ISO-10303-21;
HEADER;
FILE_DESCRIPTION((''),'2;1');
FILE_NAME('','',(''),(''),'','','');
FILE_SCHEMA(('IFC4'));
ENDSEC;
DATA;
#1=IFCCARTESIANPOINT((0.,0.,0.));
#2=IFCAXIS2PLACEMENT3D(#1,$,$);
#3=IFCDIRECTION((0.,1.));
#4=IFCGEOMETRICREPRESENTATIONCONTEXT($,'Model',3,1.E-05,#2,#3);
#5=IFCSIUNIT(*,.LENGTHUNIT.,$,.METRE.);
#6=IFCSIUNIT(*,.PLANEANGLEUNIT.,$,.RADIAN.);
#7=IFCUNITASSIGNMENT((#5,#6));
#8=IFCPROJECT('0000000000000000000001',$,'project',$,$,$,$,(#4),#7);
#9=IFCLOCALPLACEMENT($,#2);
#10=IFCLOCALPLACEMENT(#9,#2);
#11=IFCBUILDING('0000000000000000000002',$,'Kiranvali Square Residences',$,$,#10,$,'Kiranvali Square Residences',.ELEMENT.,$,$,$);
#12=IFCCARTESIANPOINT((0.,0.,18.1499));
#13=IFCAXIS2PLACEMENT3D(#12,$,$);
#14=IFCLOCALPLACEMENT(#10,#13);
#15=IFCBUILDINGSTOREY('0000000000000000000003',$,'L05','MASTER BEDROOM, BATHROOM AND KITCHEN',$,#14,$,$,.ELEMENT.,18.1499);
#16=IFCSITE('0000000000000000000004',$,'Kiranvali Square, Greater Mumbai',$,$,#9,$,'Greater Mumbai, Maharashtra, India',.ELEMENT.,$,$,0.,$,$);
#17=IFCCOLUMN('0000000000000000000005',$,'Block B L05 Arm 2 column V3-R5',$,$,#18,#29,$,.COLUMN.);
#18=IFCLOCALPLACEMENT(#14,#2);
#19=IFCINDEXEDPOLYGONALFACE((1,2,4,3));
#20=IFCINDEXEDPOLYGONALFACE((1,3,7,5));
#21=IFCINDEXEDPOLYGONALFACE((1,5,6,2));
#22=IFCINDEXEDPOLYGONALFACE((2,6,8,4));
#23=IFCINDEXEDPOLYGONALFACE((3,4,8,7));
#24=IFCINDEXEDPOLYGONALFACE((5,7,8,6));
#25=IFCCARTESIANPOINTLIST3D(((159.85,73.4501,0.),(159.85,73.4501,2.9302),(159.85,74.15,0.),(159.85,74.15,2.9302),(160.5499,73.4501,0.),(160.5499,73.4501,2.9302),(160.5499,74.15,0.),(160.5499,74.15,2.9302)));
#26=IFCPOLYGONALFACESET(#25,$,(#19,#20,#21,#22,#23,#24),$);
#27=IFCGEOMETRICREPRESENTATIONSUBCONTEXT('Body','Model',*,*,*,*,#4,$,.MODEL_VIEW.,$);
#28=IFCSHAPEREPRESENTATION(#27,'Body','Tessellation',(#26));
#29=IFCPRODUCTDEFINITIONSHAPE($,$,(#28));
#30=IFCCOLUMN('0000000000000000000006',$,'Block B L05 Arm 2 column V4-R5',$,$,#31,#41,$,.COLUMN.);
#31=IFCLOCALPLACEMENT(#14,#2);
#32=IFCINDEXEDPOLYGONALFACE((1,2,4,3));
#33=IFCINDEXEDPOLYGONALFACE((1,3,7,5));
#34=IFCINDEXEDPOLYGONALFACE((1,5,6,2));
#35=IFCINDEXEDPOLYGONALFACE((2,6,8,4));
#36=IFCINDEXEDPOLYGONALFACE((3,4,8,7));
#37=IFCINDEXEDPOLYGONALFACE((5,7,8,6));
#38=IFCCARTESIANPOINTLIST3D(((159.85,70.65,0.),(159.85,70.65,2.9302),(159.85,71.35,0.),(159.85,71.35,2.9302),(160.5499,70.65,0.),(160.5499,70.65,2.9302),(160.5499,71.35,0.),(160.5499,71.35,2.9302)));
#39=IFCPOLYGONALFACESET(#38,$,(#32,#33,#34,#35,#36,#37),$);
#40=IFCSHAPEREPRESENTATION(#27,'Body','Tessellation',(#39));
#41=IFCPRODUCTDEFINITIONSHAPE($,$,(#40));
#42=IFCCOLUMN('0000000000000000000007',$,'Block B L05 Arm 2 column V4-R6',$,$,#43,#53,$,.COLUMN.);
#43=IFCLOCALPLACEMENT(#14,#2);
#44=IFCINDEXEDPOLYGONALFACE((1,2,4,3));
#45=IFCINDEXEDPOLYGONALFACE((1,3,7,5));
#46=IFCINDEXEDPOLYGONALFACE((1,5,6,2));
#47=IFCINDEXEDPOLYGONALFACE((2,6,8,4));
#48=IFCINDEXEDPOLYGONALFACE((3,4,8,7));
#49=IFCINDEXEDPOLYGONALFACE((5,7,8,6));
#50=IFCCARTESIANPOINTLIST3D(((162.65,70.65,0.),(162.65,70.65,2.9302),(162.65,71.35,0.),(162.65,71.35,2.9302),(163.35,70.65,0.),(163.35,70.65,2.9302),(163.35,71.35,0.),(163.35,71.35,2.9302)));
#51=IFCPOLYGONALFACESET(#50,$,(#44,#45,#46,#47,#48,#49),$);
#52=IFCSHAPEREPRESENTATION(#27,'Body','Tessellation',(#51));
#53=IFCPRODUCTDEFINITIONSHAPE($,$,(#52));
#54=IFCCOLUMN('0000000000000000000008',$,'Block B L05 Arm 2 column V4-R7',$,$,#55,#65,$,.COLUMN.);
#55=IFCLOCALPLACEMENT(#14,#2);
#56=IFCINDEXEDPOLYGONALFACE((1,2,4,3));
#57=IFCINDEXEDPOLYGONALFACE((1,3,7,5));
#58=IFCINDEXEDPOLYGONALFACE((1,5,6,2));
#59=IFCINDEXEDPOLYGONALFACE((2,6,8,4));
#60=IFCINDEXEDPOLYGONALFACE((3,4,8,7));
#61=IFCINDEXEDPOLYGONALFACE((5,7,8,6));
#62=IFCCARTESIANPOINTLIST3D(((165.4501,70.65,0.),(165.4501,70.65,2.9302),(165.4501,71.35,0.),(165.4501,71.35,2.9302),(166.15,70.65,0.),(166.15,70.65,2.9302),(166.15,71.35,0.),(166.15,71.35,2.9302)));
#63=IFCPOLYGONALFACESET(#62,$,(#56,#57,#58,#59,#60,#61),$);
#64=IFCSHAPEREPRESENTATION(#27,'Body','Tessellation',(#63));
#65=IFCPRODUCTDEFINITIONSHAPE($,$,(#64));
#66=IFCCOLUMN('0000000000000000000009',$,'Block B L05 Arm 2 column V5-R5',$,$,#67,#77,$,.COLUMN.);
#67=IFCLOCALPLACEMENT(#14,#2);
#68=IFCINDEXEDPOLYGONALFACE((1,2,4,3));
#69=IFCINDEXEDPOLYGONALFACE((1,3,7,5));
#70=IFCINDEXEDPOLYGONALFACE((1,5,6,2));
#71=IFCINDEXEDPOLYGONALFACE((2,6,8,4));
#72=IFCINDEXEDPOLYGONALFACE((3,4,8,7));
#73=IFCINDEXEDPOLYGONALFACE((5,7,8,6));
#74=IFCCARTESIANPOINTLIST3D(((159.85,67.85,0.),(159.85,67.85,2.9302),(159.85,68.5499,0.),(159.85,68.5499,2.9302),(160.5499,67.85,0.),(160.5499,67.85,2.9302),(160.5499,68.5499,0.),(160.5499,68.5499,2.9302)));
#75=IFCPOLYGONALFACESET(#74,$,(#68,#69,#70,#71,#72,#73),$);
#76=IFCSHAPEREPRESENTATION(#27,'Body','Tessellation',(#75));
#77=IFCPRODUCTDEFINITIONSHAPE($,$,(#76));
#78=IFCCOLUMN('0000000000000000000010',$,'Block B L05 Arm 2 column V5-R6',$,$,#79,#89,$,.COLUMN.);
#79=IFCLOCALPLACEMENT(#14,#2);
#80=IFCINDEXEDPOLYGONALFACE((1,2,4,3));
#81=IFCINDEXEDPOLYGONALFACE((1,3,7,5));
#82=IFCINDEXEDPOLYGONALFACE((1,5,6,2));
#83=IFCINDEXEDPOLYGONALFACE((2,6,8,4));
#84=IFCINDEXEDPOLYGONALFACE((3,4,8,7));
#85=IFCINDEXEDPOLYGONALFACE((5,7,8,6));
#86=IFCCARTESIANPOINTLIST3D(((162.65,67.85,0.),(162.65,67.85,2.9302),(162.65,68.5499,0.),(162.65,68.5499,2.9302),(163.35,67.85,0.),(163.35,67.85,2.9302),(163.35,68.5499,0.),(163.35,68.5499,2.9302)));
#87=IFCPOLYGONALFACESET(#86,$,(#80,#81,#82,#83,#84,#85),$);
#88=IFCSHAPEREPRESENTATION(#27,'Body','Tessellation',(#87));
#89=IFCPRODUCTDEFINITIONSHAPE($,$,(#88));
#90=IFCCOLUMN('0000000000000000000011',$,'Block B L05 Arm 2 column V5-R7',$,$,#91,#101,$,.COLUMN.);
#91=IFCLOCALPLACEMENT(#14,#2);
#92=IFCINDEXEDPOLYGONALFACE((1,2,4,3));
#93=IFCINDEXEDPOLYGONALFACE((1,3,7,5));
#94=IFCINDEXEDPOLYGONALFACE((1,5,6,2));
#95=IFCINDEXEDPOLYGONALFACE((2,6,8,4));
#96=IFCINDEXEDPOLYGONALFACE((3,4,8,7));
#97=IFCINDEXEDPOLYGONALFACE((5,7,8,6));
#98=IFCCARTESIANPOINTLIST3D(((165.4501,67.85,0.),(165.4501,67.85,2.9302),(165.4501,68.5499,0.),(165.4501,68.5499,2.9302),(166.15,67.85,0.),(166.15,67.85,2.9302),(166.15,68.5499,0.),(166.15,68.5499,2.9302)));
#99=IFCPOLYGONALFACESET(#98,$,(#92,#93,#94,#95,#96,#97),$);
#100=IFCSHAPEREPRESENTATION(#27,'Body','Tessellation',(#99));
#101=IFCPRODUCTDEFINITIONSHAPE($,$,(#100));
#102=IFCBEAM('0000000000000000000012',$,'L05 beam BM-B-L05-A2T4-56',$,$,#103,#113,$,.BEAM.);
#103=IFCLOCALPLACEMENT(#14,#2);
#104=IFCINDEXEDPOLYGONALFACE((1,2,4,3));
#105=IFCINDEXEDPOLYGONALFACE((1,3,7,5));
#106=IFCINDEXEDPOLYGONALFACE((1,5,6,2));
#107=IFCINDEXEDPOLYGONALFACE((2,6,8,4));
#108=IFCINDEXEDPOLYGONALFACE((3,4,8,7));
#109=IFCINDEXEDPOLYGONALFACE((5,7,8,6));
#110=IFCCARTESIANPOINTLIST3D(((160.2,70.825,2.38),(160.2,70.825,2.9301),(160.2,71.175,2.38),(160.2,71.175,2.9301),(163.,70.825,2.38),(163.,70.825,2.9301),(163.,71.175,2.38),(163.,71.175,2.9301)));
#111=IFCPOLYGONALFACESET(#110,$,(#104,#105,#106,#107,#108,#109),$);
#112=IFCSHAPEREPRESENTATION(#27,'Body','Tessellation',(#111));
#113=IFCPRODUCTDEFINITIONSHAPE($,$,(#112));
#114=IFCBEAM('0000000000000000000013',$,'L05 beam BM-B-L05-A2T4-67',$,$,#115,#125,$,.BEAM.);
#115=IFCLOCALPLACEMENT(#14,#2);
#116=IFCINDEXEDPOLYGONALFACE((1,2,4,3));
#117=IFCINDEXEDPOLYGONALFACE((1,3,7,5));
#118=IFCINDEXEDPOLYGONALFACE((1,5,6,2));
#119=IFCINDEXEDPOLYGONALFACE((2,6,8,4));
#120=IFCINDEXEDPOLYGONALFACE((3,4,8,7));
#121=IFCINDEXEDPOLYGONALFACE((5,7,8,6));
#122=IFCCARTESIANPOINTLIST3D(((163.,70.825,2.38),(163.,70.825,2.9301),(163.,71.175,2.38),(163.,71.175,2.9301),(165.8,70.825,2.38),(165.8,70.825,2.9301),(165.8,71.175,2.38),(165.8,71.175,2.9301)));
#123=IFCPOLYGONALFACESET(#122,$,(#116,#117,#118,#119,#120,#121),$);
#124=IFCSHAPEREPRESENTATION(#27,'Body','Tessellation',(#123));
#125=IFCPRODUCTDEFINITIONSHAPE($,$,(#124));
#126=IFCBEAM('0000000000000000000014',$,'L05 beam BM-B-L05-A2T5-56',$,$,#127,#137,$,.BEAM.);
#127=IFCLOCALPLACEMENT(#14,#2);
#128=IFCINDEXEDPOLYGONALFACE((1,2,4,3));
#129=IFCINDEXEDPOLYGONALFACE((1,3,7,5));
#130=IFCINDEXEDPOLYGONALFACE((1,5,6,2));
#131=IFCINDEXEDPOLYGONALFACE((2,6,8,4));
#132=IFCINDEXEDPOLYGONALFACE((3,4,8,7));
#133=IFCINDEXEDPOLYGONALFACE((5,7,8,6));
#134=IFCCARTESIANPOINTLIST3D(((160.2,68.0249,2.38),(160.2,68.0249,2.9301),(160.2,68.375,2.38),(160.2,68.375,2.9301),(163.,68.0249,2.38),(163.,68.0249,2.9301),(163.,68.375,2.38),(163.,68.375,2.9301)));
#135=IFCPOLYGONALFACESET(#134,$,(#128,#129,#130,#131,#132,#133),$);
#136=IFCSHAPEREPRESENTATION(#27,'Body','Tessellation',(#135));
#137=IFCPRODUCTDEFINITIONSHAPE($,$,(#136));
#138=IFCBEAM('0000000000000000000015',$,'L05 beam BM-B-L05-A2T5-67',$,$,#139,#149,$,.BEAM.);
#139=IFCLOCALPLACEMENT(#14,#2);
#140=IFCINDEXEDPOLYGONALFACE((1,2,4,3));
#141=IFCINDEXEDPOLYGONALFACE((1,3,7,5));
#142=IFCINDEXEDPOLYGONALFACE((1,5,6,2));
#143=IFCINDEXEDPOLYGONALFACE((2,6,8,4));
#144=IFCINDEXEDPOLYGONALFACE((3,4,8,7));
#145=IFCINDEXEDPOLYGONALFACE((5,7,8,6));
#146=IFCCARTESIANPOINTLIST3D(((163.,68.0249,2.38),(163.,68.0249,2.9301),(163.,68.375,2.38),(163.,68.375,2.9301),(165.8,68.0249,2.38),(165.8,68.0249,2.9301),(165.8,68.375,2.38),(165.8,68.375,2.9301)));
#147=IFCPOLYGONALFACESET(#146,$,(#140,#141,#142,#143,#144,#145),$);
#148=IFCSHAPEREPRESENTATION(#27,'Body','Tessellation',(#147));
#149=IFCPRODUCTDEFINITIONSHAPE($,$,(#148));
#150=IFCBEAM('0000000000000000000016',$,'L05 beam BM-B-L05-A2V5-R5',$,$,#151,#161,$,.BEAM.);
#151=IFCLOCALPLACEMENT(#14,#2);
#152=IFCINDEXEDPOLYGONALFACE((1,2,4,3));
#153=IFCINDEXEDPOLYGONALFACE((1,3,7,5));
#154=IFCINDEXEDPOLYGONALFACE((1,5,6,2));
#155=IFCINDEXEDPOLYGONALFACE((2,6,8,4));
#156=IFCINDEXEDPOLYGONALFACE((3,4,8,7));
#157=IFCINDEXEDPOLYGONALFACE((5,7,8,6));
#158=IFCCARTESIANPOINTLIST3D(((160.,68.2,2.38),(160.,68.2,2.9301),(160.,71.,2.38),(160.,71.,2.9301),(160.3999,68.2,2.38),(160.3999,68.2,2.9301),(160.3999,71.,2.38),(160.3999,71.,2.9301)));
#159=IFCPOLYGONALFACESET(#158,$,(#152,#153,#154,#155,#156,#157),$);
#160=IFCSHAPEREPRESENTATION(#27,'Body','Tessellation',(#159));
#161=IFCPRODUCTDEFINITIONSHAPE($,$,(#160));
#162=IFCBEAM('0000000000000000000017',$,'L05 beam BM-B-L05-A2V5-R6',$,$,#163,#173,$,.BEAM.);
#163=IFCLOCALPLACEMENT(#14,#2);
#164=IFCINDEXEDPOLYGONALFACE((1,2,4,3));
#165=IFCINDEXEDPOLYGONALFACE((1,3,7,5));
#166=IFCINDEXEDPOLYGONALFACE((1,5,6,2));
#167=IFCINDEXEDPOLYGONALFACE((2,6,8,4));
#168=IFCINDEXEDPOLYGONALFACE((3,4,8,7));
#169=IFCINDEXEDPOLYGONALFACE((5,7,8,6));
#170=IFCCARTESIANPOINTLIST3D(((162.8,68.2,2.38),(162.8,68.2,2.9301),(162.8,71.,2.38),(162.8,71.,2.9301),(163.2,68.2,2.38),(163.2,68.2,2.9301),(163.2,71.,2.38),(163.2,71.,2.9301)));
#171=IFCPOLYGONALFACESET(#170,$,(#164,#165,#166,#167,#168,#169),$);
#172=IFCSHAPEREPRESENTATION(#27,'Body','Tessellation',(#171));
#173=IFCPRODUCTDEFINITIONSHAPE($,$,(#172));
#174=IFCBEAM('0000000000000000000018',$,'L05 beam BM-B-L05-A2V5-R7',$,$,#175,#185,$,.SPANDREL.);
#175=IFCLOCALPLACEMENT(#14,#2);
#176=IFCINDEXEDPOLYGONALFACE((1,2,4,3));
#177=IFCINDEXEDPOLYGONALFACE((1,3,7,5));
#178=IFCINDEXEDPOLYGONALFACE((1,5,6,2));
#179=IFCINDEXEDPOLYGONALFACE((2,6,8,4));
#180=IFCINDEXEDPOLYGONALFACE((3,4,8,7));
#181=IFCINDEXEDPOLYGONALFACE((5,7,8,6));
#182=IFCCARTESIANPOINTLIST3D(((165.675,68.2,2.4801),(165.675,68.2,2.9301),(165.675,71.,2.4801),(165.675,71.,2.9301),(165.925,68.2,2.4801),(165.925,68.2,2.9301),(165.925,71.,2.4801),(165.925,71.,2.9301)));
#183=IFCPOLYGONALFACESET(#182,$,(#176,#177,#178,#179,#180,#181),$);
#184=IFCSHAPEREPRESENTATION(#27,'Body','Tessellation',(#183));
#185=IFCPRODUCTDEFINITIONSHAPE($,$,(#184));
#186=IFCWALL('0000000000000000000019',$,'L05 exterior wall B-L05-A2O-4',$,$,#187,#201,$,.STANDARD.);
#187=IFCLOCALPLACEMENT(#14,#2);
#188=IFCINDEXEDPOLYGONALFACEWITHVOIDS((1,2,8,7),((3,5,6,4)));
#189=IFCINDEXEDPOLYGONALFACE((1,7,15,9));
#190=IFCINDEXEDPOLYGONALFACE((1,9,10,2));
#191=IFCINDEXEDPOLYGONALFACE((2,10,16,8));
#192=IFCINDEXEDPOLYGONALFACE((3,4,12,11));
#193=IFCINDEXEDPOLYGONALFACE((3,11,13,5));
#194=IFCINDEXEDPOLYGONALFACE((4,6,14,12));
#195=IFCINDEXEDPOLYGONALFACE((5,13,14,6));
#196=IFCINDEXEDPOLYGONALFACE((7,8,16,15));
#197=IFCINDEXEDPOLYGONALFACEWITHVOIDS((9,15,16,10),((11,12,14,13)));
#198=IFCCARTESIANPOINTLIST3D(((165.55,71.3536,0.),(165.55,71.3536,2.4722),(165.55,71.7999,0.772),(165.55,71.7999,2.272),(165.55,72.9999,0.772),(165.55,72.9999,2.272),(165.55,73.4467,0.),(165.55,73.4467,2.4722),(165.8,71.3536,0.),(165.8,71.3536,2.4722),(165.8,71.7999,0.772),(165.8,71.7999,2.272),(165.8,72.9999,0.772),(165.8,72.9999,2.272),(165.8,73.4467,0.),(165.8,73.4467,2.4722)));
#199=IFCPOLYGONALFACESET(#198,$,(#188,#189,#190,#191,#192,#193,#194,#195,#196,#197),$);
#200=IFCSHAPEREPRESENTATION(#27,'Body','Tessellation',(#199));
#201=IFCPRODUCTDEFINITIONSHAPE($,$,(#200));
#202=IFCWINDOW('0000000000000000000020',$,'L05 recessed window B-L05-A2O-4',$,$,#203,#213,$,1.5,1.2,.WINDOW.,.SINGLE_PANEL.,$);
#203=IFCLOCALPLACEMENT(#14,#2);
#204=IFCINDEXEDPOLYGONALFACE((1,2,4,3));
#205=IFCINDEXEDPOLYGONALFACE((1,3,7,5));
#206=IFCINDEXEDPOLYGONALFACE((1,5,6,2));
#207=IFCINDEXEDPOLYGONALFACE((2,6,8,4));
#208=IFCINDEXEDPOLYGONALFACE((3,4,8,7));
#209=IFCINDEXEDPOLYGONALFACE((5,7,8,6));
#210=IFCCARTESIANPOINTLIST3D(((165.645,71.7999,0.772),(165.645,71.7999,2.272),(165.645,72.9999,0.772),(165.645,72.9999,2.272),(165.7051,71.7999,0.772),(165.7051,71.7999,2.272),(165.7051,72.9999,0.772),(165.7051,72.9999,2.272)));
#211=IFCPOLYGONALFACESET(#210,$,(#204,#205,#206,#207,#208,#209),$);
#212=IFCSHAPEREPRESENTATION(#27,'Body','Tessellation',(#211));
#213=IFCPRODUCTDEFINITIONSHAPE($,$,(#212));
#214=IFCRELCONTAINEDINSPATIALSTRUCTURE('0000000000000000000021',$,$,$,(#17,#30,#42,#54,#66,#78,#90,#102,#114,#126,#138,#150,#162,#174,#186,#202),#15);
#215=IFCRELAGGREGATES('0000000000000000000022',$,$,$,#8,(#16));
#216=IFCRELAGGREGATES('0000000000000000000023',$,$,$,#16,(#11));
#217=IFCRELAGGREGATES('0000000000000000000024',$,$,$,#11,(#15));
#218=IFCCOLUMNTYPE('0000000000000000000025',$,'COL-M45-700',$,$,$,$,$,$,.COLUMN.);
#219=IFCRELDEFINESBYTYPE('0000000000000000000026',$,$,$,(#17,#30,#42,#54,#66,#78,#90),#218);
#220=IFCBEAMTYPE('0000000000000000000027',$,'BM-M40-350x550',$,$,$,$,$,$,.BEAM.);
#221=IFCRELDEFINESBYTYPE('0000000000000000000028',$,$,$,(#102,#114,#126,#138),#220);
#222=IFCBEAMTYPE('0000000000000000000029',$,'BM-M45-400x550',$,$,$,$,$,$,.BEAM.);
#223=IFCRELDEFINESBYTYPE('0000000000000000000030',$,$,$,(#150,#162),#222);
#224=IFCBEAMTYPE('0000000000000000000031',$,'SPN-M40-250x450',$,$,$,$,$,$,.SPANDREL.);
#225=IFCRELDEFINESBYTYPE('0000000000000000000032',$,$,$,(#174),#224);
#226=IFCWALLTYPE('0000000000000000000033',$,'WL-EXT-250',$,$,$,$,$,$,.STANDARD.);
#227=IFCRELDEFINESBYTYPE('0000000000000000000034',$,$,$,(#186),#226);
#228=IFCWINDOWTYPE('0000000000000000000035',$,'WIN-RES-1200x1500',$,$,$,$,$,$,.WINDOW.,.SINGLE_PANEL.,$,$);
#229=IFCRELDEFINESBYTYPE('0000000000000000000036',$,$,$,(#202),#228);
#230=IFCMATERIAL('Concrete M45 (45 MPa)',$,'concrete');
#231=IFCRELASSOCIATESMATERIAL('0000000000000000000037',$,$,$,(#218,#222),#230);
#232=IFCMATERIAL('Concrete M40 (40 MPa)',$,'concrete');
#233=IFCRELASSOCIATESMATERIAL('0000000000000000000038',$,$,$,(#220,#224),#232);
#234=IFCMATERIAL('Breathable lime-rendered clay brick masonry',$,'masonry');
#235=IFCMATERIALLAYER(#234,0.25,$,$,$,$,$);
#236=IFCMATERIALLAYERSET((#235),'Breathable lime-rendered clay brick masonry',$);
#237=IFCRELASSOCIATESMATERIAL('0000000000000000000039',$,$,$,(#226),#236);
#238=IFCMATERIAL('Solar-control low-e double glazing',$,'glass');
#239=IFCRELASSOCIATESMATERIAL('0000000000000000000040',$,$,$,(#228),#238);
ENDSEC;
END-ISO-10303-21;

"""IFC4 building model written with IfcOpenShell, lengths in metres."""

from ifc_helpers import new_model, si_unit, direction, frame, frame_2d, origin, origin_2d, place, context, subcontext, project, spatial, rectangle, extrude, material, layer, layer_set, material_profile, profile_set, type_object, element, fill, save


model = new_model("IFC4")

# Units and contexts
model_context = context("Model", 3, precision=1e-05, world=origin(), true_north=direction((0.0, 1.0)))
body_context = subcontext(model_context, "Body", "Model", "MODEL_VIEW")
ifc_project = project(units=[si_unit("LENGTHUNIT", "METRE"), si_unit("PLANEANGLEUNIT", "RADIAN")], contexts=[model_context])

# Site, building, storey
site_placement = place(None, origin())
site = spatial("IfcSite", under=ifc_project, at=site_placement, Name="Kiranvali Square, Greater Mumbai", LongName="Greater Mumbai, Maharashtra, India", CompositionType="ELEMENT", RefElevation=0.0)
building_placement = place(site_placement, origin())
building = spatial("IfcBuilding", under=site, at=building_placement, Name="Kiranvali Square Residences", LongName="Kiranvali Square Residences", CompositionType="ELEMENT")
storey_placement = place(building_placement, frame((0.0, 0.0, 18.1499)))
storey = spatial("IfcBuildingStorey", under=building, at=storey_placement, Name="L05", Description="MASTER BEDROOM, BATHROOM AND KITCHEN", CompositionType="ELEMENT", Elevation=18.1499)

# Columns
ifc_material_1 = material(Name="Concrete M45 (45 MPa)", Category="concrete")
ifc_material_profile_1 = material_profile(ifc_material_1, rectangle(XDim=0.7, YDim=0.7, at=origin_2d()), Name="RC 700x700")
ifc_profile_set_1 = profile_set([ifc_material_profile_1], Name="Concrete M45 (45 MPa)")
column_type = type_object("IfcColumnType", Name="COL-M45-700", PredefinedType="COLUMN", material=ifc_profile_set_1)
for number, where, z_axis, x_axis, name in (
    (1, (160.2, 73.8, 0.0), (0.0, 0.0, 1.0), (1.0, 0.0, 0.0), "Block B L05 Arm 2 column V3-R5"),
    (2, (160.2, 71.0, 0.0), (0.0, 0.0, 1.0), (1.0, 0.0, 0.0), "Block B L05 Arm 2 column V4-R5"),
    (3, (163.0, 71.0, 0.0), (0.0, 0.0, 1.0), (1.0, 0.0, 0.0), "Block B L05 Arm 2 column V4-R6"),
    (4, (165.8, 71.0, 0.0), (0.0, 0.0, 1.0), (1.0, 0.0, 0.0), "Block B L05 Arm 2 column V4-R7"),
    (5, (160.2, 68.2, 0.0), (0.0, 0.0, 1.0), (1.0, 0.0, 0.0), "Block B L05 Arm 2 column V5-R5"),
    (6, (163.0, 68.2, 0.0), (0.0, 0.0, 1.0), (1.0, 0.0, 0.0), "Block B L05 Arm 2 column V5-R6"),
    (7, (165.8, 68.2, 0.0), (0.0, 0.0, 1.0), (1.0, 0.0, 0.0), "Block B L05 Arm 2 column V5-R7"),
):
    element("IfcColumn", number, at=place(storey_placement, frame(where, z_axis=z_axis, x_axis=x_axis)), inside=storey, type_object=column_type, Name=name, PredefinedType="COLUMN", context=body_context, shape_type="SweptSolid", body=[
        extrude(rectangle(XDim=0.7, YDim=0.7, at=origin_2d()), origin(), (0.0, 0.0, 1.0), 2.9302),
    ])

# Beams
ifc_material_2 = material(Name="Concrete M40 (40 MPa)", Category="concrete")
ifc_material_profile_2 = material_profile(ifc_material_2, rectangle(XDim=0.3501, YDim=0.55, at=origin_2d()), Name="RC 350x550")
ifc_profile_set_2 = profile_set([ifc_material_profile_2], Name="Concrete M40 (40 MPa)")
beam_type_1 = type_object("IfcBeamType", Name="BM-M40-350x550", PredefinedType="BEAM", material=ifc_profile_set_2)
for number, where, z_axis, x_axis, name in (
    (8, (160.2, 71.0, 2.655), (1.0, 0.0, 0.0), (0.0, 1.0, 0.0), "L05 beam BM-B-L05-A2T4-56"),
    (9, (163.0, 71.0, 2.655), (1.0, 0.0, 0.0), (0.0, 1.0, 0.0), "L05 beam BM-B-L05-A2T4-67"),
    (10, (160.2, 68.2, 2.655), (1.0, 0.0, 0.0), (0.0, 1.0, 0.0), "L05 beam BM-B-L05-A2T5-56"),
    (11, (163.0, 68.2, 2.655), (1.0, 0.0, 0.0), (0.0, 1.0, 0.0), "L05 beam BM-B-L05-A2T5-67"),
):
    element("IfcBeam", number, at=place(storey_placement, frame(where, z_axis=z_axis, x_axis=x_axis)), inside=storey, type_object=beam_type_1, Name=name, PredefinedType="BEAM", context=body_context, shape_type="SweptSolid", body=[
        extrude(rectangle(XDim=0.3501, YDim=0.55, at=origin_2d()), origin(), (0.0, 0.0, 1.0), 2.8),
    ])
ifc_material_profile_3 = material_profile(ifc_material_1, rectangle(XDim=0.3999, YDim=0.55, at=origin_2d()), Name="RC 400x550")
ifc_profile_set_3 = profile_set([ifc_material_profile_3], Name="Concrete M45 (45 MPa)")
beam_type_2 = type_object("IfcBeamType", Name="BM-M45-400x550", PredefinedType="BEAM", material=ifc_profile_set_3)
for number, where, z_axis, x_axis, name in (
    (12, (160.2, 71.0, 2.655), (0.0, -1.0, 0.0), (1.0, 0.0, 0.0), "L05 beam BM-B-L05-A2V5-R5"),
    (13, (163.0, 71.0, 2.655), (0.0, -1.0, 0.0), (1.0, 0.0, 0.0), "L05 beam BM-B-L05-A2V5-R6"),
):
    element("IfcBeam", number, at=place(storey_placement, frame(where, z_axis=z_axis, x_axis=x_axis)), inside=storey, type_object=beam_type_2, Name=name, PredefinedType="BEAM", context=body_context, shape_type="SweptSolid", body=[
        extrude(rectangle(XDim=0.3999, YDim=0.55, at=origin_2d()), origin(), (0.0, 0.0, 1.0), 2.8),
    ])
ifc_material_profile_4 = material_profile(ifc_material_2, rectangle(XDim=0.25, YDim=0.45, at=origin_2d()), Name="RC 250x450")
ifc_profile_set_4 = profile_set([ifc_material_profile_4], Name="Concrete M40 (40 MPa)")
beam_type_3 = type_object("IfcBeamType", Name="SPN-M40-250x450", PredefinedType="SPANDREL", material=ifc_profile_set_4)
beam_placement = place(storey_placement, frame((165.8, 71.0, 2.7051), z_axis=(0.0, -1.0, 0.0), x_axis=(1.0, 0.0, 0.0)))
element("IfcBeam", 14, at=beam_placement, inside=storey, type_object=beam_type_3, Name="L05 beam BM-B-L05-A2V5-R7", PredefinedType="SPANDREL", context=body_context, shape_type="SweptSolid", body=[
    extrude(rectangle(XDim=0.25, YDim=0.45, at=origin_2d()), origin(), (0.0, 0.0, 1.0), 2.8),
])

# Wall, opening, window
ifc_material_3 = material(Name="Breathable lime-rendered clay brick masonry", Category="masonry")
ifc_layer = layer(ifc_material_3, 0.25)
ifc_layer_set = layer_set([ifc_layer], Name="Breathable lime-rendered clay brick masonry")
wall_type = type_object("IfcWallType", Name="WL-EXT-250", PredefinedType="STANDARD", material=ifc_layer_set)
wall_1_placement = place(storey_placement, frame((165.675, 73.4465, 0.0), z_axis=(0.0, 0.0, 1.0), x_axis=(0.0, -1.0, 0.0)))
wall_1 = element("IfcWall", 15, at=wall_1_placement, inside=storey, type_object=wall_type, Name="L05 exterior wall B-L05-A2O-4", PredefinedType="STANDARD", context=body_context, shape_type="SweptSolid", body=[
    extrude(rectangle(XDim=2.093, YDim=0.25, at=frame_2d((1.0464, 0.0))), origin(), (0.0, 0.0, 1.0), 2.4722),
])
opening_1_placement = place(wall_1_placement, frame((0.4465, 0.0, 0.772)))
opening_1 = element("IfcOpeningElement", 16, at=opening_1_placement, cuts=wall_1, PredefinedType="OPENING", context=body_context, shape_type="SweptSolid", body=[
    extrude(rectangle(XDim=1.2, YDim=1.5, at=frame_2d((0.6001, 0.75))), frame((0.0, 0.135, 0.0), z_axis=(0.0, -1.0, 0.0), x_axis=(1.0, 0.0, 0.0)), (0.0, 0.0, 1.0), 0.27),
])
ifc_material_4 = material(Name="Solar-control low-e double glazing", Category="glass")
window_type = type_object("IfcWindowType", Name="WIN-RES-1200x1500", PartitioningType="SINGLE_PANEL", PredefinedType="WINDOW", material=ifc_material_4)
window_1_placement = place(opening_1_placement, origin())
window_1 = element("IfcWindow", 17, at=window_1_placement, inside=storey, type_object=window_type, Name="L05 recessed window B-L05-A2O-4", OverallHeight=1.5, OverallWidth=1.2, PartitioningType="SINGLE_PANEL", PredefinedType="WINDOW", context=body_context, shape_type="SweptSolid", body=[
    extrude(rectangle(XDim=1.2, YDim=1.5, at=frame_2d((0.6001, 0.75))), frame((0.0, 0.03, 0.0), z_axis=(0.0, -1.0, 0.0), x_axis=(1.0, 0.0, 0.0)), (0.0, 0.0, 1.0), 0.0601),
])
fill(opening_1, window_1)

save(model, "model.ifc")
